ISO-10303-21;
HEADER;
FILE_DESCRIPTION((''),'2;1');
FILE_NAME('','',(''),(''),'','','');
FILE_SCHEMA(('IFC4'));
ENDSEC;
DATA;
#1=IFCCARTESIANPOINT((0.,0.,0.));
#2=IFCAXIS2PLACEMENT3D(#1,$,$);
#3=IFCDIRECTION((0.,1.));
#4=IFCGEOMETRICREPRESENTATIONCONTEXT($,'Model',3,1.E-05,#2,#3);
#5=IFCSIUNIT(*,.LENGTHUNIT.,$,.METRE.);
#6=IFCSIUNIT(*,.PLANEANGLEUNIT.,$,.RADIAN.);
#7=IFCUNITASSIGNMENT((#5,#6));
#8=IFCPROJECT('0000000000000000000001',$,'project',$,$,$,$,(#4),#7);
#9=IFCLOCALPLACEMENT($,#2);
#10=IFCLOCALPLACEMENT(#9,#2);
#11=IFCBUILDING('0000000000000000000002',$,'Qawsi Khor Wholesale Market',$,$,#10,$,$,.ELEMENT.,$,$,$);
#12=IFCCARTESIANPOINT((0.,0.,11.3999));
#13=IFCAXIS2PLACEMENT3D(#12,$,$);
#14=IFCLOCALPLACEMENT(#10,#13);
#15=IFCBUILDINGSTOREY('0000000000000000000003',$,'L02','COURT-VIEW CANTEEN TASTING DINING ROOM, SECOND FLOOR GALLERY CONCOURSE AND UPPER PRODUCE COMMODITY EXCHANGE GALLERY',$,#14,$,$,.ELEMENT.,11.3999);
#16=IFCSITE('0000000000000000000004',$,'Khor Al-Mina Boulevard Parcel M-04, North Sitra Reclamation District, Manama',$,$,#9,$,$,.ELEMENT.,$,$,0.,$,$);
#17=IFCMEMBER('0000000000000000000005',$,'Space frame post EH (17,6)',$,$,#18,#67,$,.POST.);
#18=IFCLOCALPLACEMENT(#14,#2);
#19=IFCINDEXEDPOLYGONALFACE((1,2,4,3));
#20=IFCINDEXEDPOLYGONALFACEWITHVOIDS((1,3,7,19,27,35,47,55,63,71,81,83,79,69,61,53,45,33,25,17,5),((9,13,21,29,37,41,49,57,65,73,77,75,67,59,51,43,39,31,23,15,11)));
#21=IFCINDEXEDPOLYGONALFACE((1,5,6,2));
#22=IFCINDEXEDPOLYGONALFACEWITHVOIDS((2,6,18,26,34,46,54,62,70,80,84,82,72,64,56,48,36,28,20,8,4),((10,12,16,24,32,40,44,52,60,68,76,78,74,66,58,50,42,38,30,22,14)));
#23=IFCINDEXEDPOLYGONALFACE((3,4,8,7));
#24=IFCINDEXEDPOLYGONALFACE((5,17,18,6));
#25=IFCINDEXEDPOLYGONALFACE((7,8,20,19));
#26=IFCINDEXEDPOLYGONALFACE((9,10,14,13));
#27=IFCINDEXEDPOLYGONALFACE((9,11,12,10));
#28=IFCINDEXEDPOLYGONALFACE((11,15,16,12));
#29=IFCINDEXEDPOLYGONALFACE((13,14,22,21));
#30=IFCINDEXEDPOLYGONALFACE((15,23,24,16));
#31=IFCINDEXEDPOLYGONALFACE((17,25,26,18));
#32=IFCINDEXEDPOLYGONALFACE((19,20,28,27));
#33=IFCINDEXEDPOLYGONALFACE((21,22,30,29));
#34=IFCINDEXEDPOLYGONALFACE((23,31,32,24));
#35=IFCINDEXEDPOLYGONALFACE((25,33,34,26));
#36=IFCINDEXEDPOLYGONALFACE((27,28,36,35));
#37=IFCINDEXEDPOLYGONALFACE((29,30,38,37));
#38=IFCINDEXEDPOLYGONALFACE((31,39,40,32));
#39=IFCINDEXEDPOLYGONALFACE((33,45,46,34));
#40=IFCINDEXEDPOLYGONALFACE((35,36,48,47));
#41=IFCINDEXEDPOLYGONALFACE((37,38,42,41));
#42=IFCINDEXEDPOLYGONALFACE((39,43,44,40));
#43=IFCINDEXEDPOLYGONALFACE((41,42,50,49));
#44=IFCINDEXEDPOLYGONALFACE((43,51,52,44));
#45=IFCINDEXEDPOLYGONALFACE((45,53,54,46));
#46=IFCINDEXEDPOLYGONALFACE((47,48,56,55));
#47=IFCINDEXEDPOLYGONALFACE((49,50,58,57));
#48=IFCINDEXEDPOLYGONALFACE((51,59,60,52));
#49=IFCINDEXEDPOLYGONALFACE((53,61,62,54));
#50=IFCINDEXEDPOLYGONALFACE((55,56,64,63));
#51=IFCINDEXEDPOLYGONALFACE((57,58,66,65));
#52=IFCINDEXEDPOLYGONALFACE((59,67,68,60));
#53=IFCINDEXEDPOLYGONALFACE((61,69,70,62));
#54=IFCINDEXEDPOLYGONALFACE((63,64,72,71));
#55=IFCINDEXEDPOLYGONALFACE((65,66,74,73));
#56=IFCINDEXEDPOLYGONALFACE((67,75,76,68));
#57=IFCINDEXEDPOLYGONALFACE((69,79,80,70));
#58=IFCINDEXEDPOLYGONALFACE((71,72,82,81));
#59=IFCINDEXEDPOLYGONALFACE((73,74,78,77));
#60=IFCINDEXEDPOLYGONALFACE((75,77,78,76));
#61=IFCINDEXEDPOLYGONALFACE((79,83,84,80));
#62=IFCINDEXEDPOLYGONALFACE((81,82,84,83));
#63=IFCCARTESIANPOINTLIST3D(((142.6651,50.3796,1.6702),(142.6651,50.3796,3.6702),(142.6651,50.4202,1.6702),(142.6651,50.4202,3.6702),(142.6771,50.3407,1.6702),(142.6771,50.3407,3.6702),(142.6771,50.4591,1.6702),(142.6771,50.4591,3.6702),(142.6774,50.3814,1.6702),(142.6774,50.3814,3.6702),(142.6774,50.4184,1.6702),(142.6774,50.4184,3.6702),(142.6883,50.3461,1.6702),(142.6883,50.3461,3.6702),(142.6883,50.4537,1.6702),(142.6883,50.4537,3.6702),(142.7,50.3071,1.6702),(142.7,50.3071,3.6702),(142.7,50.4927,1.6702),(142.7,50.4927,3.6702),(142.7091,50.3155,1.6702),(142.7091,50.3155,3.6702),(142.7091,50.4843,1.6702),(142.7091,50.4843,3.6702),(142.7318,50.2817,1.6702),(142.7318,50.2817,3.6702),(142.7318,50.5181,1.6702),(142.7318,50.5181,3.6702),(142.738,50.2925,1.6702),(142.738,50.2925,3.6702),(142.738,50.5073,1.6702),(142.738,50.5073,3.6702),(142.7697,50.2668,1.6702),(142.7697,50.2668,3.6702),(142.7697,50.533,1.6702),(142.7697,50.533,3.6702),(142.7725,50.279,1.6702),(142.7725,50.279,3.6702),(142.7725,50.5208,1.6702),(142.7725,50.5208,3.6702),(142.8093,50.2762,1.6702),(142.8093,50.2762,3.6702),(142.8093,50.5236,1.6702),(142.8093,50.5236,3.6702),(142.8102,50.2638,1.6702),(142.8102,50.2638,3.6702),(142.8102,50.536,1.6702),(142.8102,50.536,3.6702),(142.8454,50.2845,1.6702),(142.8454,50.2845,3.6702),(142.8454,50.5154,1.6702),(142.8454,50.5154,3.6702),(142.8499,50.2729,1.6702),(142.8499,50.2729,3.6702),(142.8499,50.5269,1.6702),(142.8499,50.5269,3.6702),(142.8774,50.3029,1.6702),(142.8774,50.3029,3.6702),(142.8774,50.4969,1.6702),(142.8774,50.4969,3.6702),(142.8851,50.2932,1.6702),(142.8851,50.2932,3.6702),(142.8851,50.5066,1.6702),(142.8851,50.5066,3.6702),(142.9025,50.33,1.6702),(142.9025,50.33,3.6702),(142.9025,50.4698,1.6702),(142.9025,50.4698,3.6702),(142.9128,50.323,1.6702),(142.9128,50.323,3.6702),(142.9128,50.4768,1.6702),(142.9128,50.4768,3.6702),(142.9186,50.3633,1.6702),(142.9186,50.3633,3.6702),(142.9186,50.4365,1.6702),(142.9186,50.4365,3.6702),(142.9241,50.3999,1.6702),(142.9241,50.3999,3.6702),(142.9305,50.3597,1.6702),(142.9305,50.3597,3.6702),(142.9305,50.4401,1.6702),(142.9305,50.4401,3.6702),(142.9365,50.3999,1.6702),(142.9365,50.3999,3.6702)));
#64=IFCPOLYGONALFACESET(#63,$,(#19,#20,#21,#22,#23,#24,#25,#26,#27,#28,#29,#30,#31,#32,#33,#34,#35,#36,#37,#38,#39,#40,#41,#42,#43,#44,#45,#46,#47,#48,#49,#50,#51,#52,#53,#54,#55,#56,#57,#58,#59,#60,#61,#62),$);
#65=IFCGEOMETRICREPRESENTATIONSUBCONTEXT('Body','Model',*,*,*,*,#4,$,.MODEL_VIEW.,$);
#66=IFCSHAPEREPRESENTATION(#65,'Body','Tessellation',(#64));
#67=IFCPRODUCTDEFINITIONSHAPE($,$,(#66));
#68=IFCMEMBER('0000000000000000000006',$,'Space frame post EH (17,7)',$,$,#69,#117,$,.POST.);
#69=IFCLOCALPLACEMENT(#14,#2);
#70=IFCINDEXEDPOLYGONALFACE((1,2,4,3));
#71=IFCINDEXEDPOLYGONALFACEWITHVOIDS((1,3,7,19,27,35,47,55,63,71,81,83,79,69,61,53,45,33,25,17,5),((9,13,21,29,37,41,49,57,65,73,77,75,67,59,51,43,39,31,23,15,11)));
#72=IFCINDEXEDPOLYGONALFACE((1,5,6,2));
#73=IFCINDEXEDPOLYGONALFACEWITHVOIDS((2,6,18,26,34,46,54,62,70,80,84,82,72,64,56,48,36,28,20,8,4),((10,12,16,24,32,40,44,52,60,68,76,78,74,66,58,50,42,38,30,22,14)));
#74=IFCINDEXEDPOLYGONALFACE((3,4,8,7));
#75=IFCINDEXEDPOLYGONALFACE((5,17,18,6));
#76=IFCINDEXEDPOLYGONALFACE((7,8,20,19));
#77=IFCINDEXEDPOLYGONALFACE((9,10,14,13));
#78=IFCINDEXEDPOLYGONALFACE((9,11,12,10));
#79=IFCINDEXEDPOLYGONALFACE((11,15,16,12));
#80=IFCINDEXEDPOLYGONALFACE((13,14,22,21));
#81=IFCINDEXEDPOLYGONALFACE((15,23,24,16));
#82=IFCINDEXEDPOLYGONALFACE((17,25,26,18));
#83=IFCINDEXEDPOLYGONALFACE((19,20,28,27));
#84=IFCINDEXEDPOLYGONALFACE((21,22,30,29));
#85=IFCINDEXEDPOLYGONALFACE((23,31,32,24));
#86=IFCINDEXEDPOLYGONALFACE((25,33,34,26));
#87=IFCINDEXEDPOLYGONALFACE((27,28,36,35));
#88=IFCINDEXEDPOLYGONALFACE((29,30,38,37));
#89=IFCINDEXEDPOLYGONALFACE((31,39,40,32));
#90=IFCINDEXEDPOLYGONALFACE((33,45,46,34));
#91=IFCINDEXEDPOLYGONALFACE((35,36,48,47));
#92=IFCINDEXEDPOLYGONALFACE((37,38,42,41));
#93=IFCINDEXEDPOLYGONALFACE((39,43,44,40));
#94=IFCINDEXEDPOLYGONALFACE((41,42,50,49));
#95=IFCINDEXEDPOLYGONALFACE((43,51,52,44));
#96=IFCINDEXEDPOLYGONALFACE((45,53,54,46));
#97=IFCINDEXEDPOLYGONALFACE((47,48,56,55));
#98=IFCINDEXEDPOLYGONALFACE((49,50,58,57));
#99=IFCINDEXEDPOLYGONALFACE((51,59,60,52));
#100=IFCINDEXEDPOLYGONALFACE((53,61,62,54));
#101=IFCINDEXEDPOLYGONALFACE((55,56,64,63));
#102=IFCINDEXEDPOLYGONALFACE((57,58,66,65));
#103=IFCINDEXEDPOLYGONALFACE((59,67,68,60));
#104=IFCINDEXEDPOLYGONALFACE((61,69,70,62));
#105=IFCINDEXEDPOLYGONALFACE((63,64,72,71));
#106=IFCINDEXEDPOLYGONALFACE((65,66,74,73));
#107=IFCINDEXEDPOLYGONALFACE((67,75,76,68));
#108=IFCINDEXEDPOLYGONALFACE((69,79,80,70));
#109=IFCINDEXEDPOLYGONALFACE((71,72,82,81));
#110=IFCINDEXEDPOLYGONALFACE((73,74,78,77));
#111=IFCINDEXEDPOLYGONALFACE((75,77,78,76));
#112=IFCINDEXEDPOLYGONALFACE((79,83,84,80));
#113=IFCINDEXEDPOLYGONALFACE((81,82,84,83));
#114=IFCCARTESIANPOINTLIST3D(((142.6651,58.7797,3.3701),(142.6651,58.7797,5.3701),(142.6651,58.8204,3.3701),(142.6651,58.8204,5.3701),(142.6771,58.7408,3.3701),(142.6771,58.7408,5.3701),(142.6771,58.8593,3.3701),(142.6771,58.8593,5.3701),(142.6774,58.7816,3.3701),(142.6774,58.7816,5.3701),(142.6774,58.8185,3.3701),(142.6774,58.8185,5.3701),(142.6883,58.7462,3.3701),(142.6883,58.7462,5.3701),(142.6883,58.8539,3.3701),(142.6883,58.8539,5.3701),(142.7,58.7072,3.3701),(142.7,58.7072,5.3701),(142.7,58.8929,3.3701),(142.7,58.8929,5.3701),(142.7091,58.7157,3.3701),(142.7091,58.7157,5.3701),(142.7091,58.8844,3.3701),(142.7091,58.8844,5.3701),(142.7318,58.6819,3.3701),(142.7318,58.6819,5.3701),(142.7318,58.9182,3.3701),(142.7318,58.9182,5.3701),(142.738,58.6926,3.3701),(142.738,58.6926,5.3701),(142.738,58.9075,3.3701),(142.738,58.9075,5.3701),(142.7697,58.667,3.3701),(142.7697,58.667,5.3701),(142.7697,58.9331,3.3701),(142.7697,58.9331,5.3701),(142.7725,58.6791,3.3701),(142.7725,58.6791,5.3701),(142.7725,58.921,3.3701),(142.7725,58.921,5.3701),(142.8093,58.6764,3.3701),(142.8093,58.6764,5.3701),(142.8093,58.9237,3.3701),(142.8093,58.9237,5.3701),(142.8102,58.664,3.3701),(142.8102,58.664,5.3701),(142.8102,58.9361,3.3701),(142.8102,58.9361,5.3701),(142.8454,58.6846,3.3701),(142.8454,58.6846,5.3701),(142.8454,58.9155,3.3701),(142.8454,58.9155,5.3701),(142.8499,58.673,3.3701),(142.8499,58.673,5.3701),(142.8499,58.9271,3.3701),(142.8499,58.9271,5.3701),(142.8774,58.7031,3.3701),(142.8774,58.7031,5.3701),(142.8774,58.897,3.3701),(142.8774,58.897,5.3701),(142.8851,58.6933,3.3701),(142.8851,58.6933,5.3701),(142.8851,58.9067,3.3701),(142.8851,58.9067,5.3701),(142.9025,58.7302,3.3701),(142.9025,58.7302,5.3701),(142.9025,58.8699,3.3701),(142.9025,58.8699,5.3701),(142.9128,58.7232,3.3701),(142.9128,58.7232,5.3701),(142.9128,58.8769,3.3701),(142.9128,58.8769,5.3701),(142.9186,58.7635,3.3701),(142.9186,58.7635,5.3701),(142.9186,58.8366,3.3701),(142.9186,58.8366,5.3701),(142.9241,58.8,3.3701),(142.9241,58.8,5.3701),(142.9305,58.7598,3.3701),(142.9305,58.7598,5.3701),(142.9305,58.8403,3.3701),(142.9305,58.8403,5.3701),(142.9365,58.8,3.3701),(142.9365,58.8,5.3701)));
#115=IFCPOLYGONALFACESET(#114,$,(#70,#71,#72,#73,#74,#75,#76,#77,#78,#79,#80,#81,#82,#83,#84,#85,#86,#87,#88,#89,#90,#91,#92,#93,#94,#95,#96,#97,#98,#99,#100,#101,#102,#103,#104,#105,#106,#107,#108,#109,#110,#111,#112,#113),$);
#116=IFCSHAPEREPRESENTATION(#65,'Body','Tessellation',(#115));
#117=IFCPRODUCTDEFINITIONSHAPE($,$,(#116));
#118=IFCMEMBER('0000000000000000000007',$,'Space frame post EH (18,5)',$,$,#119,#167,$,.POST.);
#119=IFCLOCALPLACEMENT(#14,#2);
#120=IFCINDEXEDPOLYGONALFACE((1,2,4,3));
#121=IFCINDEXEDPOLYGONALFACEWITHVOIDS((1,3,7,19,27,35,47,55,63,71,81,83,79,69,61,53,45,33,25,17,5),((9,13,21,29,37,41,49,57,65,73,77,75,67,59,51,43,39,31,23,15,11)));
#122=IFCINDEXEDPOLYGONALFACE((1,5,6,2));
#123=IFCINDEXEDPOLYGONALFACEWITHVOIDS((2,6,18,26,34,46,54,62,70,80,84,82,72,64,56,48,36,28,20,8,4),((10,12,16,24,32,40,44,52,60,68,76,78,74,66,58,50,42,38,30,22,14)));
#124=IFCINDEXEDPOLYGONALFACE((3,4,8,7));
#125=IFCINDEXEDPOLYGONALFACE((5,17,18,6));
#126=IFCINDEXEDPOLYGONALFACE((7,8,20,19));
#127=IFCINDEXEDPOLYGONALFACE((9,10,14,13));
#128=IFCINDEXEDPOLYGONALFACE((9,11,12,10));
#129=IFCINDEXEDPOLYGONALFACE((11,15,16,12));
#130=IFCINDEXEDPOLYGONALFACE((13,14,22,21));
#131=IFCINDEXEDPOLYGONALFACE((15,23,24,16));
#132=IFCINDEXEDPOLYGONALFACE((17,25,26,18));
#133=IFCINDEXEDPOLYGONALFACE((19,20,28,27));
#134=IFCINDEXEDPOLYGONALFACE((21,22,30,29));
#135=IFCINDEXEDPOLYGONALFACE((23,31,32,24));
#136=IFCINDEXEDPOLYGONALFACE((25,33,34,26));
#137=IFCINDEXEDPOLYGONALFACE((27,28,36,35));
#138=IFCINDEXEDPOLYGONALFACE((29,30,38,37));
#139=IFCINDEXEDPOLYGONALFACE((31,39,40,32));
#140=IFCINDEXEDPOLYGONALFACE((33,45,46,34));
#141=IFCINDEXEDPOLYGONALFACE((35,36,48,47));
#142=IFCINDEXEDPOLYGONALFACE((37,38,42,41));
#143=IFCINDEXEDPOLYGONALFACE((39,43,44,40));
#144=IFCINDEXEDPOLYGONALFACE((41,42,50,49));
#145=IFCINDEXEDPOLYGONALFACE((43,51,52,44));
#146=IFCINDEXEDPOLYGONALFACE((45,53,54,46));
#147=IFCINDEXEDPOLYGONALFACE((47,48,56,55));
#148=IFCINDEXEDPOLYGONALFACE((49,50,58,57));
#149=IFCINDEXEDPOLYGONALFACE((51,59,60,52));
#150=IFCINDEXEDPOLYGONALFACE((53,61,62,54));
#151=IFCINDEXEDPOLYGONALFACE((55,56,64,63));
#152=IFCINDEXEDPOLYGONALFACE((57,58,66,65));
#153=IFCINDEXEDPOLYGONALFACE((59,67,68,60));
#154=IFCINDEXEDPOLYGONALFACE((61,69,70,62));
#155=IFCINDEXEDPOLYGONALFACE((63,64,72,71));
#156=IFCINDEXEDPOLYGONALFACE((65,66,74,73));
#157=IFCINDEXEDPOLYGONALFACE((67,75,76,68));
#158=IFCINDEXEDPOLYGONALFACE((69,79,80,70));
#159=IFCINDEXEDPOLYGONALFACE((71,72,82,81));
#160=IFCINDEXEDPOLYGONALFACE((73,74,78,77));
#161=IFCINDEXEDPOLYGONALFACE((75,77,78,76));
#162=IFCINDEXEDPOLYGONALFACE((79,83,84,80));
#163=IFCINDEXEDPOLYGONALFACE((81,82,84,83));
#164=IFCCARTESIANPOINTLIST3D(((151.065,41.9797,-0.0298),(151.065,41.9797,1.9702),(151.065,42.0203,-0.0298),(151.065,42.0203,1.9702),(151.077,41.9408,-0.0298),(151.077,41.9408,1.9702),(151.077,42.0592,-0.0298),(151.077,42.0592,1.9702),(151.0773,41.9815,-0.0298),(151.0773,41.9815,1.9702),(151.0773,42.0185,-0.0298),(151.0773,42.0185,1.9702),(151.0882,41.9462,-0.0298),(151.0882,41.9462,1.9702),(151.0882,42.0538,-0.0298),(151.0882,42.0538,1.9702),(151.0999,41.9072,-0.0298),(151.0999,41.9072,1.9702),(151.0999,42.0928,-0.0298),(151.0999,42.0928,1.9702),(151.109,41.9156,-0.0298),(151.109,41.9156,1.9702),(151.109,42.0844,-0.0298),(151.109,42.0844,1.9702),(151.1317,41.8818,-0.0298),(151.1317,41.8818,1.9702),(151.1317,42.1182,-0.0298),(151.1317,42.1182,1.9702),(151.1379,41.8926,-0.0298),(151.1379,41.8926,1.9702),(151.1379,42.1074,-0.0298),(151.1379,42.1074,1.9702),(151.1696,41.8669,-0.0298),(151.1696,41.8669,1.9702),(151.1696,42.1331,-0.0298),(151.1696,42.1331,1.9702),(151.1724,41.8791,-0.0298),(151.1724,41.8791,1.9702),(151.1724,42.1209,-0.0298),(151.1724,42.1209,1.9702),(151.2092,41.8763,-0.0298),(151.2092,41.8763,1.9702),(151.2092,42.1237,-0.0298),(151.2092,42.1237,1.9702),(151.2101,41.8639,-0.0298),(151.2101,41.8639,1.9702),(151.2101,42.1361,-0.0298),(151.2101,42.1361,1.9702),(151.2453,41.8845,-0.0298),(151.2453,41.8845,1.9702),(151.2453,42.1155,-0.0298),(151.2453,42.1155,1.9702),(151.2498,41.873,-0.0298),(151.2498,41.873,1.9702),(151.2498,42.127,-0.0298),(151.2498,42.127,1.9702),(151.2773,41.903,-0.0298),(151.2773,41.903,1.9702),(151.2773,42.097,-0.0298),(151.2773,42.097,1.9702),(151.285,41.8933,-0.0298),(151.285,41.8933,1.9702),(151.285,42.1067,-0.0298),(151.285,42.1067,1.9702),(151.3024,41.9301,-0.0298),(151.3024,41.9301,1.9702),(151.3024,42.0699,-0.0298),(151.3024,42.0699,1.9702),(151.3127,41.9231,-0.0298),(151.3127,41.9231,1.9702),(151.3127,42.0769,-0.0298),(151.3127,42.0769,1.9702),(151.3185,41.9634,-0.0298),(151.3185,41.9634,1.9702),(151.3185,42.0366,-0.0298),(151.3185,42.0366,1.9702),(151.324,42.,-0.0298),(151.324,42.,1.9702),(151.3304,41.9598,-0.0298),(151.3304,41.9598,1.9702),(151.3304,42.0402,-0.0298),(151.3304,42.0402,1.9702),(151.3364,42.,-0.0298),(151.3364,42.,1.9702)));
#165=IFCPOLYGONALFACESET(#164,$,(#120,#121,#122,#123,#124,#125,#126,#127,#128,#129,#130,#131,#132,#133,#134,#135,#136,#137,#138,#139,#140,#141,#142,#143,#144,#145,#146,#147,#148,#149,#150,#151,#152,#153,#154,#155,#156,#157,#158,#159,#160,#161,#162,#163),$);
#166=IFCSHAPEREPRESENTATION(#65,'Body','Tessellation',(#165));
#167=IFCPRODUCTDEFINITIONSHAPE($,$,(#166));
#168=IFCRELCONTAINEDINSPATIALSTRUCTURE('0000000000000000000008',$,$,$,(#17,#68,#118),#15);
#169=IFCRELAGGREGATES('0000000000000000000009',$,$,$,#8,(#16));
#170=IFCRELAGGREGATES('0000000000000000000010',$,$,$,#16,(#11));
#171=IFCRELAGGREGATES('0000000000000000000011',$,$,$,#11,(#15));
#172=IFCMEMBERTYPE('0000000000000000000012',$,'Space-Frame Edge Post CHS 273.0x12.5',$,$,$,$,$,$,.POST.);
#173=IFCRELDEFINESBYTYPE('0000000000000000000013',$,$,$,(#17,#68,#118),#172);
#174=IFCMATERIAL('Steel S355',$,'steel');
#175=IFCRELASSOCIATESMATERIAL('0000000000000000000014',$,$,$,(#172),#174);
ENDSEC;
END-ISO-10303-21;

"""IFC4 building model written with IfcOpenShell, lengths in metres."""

from ifc_helpers import new_model, si_unit, direction, frame, origin, origin_2d, place, context, subcontext, project, spatial, hollow_circle, extrude, material, material_profile, profile_set, type_object, element, save


model = new_model("IFC4")

# Units and contexts
model_context = context("Model", 3, precision=1e-05, world=origin(), true_north=direction((0.0, 1.0)))
body_context = subcontext(model_context, "Body", "Model", "MODEL_VIEW")
ifc_project = project(units=[si_unit("LENGTHUNIT", "METRE"), si_unit("PLANEANGLEUNIT", "RADIAN")], contexts=[model_context])

# Site, building, storey
site_placement = place(None, origin())
site = spatial("IfcSite", under=ifc_project, at=site_placement, Name="Khor Al-Mina Boulevard Parcel M-04, North Sitra Reclamation District, Manama", CompositionType="ELEMENT", RefElevation=0.0)
building_placement = place(site_placement, origin())
building = spatial("IfcBuilding", under=site, at=building_placement, Name="Qawsi Khor Wholesale Market", CompositionType="ELEMENT")
storey_placement = place(building_placement, frame((0.0, 0.0, 11.3999)))
storey = spatial("IfcBuildingStorey", under=building, at=storey_placement, Name="L02", Description="COURT-VIEW CANTEEN TASTING DINING ROOM, SECOND FLOOR GALLERY CONCOURSE AND UPPER PRODUCE COMMODITY EXCHANGE GALLERY", CompositionType="ELEMENT", Elevation=11.3999)

# Members
ifc_material_1 = material(Name="Steel S355", Category="steel")
ifc_material_profile_1 = material_profile(ifc_material_1, hollow_circle(Radius=0.1365, WallThickness=0.0125, at=origin_2d()), Name="CHS 273.0x12.5")
ifc_profile_set_1 = profile_set([ifc_material_profile_1], Name="Steel S355")
member_type_1 = type_object("IfcMemberType", Name="Space-Frame Edge Post CHS 273.0x12.5", PredefinedType="POST", material=ifc_profile_set_1)
for number, where, z_axis, x_axis, name in (
    (1, (142.8, 50.3999, 1.6702), (0.0, 0.0, 1.0), (1.0, 0.0, 0.0), "Space frame post EH (17,6)"),
    (2, (142.8, 58.8, 3.3701), (0.0, 0.0, 1.0), (1.0, 0.0, 0.0), "Space frame post EH (17,7)"),
    (3, (151.2, 42.0, -0.0298), (0.0, 0.0, 1.0), (1.0, 0.0, 0.0), "Space frame post EH (18,5)"),
):
    element("IfcMember", number, at=place(storey_placement, frame(where, z_axis=z_axis, x_axis=x_axis)), inside=storey, type_object=member_type_1, Name=name, PredefinedType="POST", context=body_context, shape_type="SweptSolid", body=[
        extrude(hollow_circle(Radius=0.1365, WallThickness=0.0125, at=origin_2d()), origin(), (0.0, 0.0, 1.0), 2.0),
    ])

save(model, "model.ifc")
